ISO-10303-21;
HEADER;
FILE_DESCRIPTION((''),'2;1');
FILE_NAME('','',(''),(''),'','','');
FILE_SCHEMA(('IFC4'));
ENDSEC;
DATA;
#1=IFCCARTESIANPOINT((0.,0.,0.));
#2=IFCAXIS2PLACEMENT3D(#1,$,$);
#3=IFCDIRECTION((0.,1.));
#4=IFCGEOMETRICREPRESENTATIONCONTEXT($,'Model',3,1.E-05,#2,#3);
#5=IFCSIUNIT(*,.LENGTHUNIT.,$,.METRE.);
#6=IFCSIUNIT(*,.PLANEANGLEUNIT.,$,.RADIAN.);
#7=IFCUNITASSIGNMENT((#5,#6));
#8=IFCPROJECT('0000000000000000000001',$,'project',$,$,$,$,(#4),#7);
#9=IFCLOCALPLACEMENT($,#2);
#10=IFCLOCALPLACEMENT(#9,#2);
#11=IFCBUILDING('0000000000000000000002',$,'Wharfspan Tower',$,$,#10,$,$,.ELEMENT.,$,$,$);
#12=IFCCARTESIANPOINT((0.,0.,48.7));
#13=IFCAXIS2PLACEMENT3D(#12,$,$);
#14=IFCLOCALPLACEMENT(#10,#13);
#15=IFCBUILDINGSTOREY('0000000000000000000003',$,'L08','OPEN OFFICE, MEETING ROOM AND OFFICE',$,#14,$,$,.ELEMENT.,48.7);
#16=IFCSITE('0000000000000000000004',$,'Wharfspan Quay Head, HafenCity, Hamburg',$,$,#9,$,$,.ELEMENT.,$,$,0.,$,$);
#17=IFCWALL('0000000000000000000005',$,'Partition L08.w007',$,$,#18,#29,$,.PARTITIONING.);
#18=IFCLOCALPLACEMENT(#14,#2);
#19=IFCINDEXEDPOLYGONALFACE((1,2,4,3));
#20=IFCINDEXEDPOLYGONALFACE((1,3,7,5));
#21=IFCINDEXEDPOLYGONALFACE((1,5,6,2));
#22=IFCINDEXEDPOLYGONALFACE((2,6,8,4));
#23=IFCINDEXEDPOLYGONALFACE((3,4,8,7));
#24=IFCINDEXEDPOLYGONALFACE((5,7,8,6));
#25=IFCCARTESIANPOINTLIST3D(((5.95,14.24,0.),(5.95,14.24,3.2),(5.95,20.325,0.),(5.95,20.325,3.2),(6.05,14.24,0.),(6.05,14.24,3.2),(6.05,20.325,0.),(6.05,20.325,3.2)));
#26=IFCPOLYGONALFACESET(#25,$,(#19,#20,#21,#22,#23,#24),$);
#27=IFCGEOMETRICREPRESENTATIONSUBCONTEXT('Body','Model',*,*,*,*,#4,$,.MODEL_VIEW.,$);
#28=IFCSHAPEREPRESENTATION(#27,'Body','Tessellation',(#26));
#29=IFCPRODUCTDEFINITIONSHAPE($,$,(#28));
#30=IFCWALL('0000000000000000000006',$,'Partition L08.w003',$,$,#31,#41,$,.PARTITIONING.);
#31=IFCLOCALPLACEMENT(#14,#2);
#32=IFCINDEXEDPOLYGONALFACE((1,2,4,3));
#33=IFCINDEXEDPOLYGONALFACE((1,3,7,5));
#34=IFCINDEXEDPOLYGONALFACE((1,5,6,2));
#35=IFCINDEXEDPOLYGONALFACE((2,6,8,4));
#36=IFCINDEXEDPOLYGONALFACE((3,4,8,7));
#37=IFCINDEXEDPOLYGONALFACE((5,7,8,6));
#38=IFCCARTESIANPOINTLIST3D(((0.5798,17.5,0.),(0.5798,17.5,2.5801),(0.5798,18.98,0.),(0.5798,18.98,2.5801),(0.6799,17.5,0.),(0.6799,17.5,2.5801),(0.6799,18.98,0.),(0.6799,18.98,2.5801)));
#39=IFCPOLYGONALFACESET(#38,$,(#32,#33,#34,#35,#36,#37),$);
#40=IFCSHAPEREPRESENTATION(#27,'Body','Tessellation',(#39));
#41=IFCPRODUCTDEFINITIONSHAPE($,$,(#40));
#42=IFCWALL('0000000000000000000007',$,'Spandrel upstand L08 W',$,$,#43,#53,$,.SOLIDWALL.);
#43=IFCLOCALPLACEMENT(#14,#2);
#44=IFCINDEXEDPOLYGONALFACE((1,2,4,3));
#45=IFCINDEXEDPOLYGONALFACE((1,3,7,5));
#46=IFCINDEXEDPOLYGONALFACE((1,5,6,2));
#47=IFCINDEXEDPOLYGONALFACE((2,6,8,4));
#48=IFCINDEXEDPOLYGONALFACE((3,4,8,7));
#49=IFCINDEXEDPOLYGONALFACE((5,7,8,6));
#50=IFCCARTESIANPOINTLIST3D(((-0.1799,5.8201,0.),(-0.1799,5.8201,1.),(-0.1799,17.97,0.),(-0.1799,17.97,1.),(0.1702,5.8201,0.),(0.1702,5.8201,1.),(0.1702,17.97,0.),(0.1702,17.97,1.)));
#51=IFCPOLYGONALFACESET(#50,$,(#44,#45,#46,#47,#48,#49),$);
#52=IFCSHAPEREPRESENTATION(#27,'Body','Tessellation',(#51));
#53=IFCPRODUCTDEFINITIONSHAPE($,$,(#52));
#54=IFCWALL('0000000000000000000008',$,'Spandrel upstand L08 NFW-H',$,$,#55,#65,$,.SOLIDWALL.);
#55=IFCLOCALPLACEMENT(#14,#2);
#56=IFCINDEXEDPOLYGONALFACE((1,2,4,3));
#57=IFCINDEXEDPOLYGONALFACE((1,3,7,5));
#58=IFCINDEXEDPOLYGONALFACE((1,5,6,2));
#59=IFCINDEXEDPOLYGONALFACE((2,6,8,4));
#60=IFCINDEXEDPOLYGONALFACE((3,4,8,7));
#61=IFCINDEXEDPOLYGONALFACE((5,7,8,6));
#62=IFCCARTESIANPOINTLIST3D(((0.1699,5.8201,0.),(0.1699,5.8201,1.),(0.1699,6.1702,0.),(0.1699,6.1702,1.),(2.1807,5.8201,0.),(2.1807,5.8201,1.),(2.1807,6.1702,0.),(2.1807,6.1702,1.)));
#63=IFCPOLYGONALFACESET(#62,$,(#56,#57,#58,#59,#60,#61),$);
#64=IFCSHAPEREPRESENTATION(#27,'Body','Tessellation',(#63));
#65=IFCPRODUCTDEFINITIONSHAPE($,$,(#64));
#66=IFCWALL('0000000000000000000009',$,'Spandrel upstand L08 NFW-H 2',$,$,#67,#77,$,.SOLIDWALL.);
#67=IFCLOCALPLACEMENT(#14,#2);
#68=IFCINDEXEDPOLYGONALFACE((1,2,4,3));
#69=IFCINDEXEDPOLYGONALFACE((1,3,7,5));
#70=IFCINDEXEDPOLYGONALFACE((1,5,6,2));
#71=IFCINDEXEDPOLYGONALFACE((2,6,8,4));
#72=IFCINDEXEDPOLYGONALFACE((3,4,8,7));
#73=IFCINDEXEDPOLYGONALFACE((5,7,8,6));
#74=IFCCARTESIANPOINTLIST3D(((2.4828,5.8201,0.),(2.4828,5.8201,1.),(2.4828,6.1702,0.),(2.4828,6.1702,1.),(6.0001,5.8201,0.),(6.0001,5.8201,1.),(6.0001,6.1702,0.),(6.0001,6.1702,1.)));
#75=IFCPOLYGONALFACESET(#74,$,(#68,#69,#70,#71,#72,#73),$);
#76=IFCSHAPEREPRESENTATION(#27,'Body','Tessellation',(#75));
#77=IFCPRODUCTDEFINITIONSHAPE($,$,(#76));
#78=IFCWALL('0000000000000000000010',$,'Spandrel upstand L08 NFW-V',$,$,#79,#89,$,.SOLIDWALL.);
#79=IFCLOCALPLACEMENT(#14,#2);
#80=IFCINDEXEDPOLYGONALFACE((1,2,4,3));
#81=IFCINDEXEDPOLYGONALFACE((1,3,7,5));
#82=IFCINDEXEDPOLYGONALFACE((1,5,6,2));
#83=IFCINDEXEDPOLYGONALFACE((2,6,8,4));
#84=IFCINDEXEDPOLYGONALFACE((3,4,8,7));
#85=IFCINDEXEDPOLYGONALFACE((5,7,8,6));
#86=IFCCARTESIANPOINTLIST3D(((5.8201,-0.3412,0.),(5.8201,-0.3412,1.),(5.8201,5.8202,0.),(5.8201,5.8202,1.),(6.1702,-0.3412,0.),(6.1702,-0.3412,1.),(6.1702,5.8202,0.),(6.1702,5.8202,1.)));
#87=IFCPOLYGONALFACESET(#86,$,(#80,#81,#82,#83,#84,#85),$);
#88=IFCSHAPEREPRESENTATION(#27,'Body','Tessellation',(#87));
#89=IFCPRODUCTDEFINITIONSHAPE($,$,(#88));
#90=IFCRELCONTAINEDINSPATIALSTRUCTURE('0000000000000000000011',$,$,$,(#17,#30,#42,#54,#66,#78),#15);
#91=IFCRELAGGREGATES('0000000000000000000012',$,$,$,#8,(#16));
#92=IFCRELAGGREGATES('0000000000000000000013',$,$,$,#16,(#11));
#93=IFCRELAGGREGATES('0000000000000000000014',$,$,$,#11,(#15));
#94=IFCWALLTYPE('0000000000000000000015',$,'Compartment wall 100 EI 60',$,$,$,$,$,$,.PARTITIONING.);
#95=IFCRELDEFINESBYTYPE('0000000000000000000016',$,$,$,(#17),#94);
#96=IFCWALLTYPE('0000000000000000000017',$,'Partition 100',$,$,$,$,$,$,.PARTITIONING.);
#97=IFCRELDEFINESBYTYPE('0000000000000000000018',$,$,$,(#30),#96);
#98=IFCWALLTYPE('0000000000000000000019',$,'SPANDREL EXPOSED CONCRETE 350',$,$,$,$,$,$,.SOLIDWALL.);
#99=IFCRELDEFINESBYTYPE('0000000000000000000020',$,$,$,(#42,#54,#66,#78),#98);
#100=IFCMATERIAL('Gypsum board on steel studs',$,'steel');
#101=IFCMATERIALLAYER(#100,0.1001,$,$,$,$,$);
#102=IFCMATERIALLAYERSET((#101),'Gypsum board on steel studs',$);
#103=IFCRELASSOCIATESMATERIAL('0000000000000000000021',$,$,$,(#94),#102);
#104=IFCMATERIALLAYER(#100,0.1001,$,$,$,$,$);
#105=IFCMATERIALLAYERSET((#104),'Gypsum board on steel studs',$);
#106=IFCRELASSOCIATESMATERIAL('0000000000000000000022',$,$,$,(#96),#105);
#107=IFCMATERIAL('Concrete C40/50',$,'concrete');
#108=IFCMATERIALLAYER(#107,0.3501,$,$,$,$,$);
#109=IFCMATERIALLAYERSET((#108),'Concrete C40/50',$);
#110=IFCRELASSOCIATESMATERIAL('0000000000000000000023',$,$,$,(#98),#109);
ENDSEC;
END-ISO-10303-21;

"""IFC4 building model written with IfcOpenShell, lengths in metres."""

from ifc_helpers import new_model, si_unit, direction, frame, frame_2d, origin, place, context, subcontext, project, spatial, rectangle, extrude, material, layer, layer_set, type_object, element, save


model = new_model("IFC4")

# Units and contexts
model_context = context("Model", 3, precision=1e-05, world=origin(), true_north=direction((0.0, 1.0)))
body_context = subcontext(model_context, "Body", "Model", "MODEL_VIEW")
ifc_project = project(units=[si_unit("LENGTHUNIT", "METRE"), si_unit("PLANEANGLEUNIT", "RADIAN")], contexts=[model_context])

# Site, building, storey
site_placement = place(None, origin())
site = spatial("IfcSite", under=ifc_project, at=site_placement, Name="Wharfspan Quay Head, HafenCity, Hamburg", CompositionType="ELEMENT", RefElevation=0.0)
building_placement = place(site_placement, origin())
building = spatial("IfcBuilding", under=site, at=building_placement, Name="Wharfspan Tower", CompositionType="ELEMENT")
storey_placement = place(building_placement, frame((0.0, 0.0, 48.7)))
storey = spatial("IfcBuildingStorey", under=building, at=storey_placement, Name="L08", Description="OPEN OFFICE, MEETING ROOM AND OFFICE", CompositionType="ELEMENT", Elevation=48.7)

# Shared definitions
ifc_material_1 = material(Name="Concrete C40/50", Category="concrete")

# Shared definitions
ifc_material_2 = material(Name="Gypsum board on steel studs", Category="steel")
ifc_layer_1 = layer(ifc_material_2, 0.1001)
ifc_layer_set_1 = layer_set([ifc_layer_1], Name="Gypsum board on steel studs")
wall_type_1 = type_object("IfcWallType", Name="Compartment wall 100 EI 60", PredefinedType="PARTITIONING", material=ifc_layer_set_1)

# Walls
wall_1_placement = place(storey_placement, frame((6.0, 14.24, 0.0), z_axis=(0.0, 0.0, 1.0), x_axis=(0.0, 1.0, 0.0)))
element("IfcWall", 1, at=wall_1_placement, inside=storey, type_object=wall_type_1, Name="Partition L08.w007", PredefinedType="PARTITIONING", context=body_context, shape_type="SweptSolid", body=[
    extrude(rectangle(XDim=6.085, YDim=0.1001, at=frame_2d((3.0425, 0.0))), origin(), (0.0, 0.0, 1.0), 3.2),
])
ifc_layer_2 = layer(ifc_material_2, 0.1001)
ifc_layer_set_2 = layer_set([ifc_layer_2], Name="Gypsum board on steel studs")
wall_type_2 = type_object("IfcWallType", Name="Partition 100", PredefinedType="PARTITIONING", material=ifc_layer_set_2)
wall_2_placement = place(storey_placement, frame((0.6299, 17.5, 0.0), z_axis=(0.0, 0.0, 1.0), x_axis=(0.0, 1.0, 0.0)))
element("IfcWall", 2, at=wall_2_placement, inside=storey, type_object=wall_type_2, Name="Partition L08.w003", PredefinedType="PARTITIONING", context=body_context, shape_type="SweptSolid", body=[
    extrude(rectangle(XDim=1.48, YDim=0.1001, at=frame_2d((0.74, 0.0))), origin(), (0.0, 0.0, 1.0), 2.5801),
])
ifc_layer_3 = layer(ifc_material_1, 0.3501)
ifc_layer_set_3 = layer_set([ifc_layer_3], Name="Concrete C40/50")
wall_type_3 = type_object("IfcWallType", Name="SPANDREL EXPOSED CONCRETE 350", PredefinedType="SOLIDWALL", material=ifc_layer_set_3)
wall_3_placement = place(storey_placement, frame((-0.0049, 17.97, 0.0), z_axis=(0.0, 0.0, 1.0), x_axis=(0.0, -1.0, 0.0)))
element("IfcWall", 3, at=wall_3_placement, inside=storey, type_object=wall_type_3, Name="Spandrel upstand L08 W", PredefinedType="SOLIDWALL", context=body_context, shape_type="SweptSolid", body=[
    extrude(rectangle(XDim=12.1499, YDim=0.3501, at=frame_2d((6.075, 0.0))), origin(), (0.0, 0.0, 1.0), 1.0),
])
wall_4_placement = place(storey_placement, frame((0.1699, 5.9951, 0.0), z_axis=(0.0, 0.0, 1.0), x_axis=(1.0, 0.0, 0.0)))
element("IfcWall", 4, at=wall_4_placement, inside=storey, type_object=wall_type_3, Name="Spandrel upstand L08 NFW-H", PredefinedType="SOLIDWALL", context=body_context, shape_type="SweptSolid", body=[
    extrude(rectangle(XDim=2.0107, YDim=0.3501, at=frame_2d((1.0054, 0.0))), origin(), (0.0, 0.0, 1.0), 1.0),
])
wall_5_placement = place(storey_placement, frame((2.4827, 5.9951, 0.0), z_axis=(0.0, 0.0, 1.0), x_axis=(1.0, 0.0, 0.0)))
element("IfcWall", 5, at=wall_5_placement, inside=storey, type_object=wall_type_3, Name="Spandrel upstand L08 NFW-H 2", PredefinedType="SOLIDWALL", context=body_context, shape_type="SweptSolid", body=[
    extrude(rectangle(XDim=3.5173, YDim=0.3501, at=frame_2d((1.7588, 0.0))), origin(), (0.0, 0.0, 1.0), 1.0),
])
wall_6_placement = place(storey_placement, frame((5.9951, 5.8201, 0.0), z_axis=(0.0, 0.0, 1.0), x_axis=(0.0, -1.0, 0.0)))
element("IfcWall", 6, at=wall_6_placement, inside=storey, type_object=wall_type_3, Name="Spandrel upstand L08 NFW-V", PredefinedType="SOLIDWALL", context=body_context, shape_type="SweptSolid", body=[
    extrude(rectangle(XDim=6.1614, YDim=0.3501, at=frame_2d((3.0806, 0.0))), origin(), (0.0, 0.0, 1.0), 1.0),
])

save(model, "model.ifc")
